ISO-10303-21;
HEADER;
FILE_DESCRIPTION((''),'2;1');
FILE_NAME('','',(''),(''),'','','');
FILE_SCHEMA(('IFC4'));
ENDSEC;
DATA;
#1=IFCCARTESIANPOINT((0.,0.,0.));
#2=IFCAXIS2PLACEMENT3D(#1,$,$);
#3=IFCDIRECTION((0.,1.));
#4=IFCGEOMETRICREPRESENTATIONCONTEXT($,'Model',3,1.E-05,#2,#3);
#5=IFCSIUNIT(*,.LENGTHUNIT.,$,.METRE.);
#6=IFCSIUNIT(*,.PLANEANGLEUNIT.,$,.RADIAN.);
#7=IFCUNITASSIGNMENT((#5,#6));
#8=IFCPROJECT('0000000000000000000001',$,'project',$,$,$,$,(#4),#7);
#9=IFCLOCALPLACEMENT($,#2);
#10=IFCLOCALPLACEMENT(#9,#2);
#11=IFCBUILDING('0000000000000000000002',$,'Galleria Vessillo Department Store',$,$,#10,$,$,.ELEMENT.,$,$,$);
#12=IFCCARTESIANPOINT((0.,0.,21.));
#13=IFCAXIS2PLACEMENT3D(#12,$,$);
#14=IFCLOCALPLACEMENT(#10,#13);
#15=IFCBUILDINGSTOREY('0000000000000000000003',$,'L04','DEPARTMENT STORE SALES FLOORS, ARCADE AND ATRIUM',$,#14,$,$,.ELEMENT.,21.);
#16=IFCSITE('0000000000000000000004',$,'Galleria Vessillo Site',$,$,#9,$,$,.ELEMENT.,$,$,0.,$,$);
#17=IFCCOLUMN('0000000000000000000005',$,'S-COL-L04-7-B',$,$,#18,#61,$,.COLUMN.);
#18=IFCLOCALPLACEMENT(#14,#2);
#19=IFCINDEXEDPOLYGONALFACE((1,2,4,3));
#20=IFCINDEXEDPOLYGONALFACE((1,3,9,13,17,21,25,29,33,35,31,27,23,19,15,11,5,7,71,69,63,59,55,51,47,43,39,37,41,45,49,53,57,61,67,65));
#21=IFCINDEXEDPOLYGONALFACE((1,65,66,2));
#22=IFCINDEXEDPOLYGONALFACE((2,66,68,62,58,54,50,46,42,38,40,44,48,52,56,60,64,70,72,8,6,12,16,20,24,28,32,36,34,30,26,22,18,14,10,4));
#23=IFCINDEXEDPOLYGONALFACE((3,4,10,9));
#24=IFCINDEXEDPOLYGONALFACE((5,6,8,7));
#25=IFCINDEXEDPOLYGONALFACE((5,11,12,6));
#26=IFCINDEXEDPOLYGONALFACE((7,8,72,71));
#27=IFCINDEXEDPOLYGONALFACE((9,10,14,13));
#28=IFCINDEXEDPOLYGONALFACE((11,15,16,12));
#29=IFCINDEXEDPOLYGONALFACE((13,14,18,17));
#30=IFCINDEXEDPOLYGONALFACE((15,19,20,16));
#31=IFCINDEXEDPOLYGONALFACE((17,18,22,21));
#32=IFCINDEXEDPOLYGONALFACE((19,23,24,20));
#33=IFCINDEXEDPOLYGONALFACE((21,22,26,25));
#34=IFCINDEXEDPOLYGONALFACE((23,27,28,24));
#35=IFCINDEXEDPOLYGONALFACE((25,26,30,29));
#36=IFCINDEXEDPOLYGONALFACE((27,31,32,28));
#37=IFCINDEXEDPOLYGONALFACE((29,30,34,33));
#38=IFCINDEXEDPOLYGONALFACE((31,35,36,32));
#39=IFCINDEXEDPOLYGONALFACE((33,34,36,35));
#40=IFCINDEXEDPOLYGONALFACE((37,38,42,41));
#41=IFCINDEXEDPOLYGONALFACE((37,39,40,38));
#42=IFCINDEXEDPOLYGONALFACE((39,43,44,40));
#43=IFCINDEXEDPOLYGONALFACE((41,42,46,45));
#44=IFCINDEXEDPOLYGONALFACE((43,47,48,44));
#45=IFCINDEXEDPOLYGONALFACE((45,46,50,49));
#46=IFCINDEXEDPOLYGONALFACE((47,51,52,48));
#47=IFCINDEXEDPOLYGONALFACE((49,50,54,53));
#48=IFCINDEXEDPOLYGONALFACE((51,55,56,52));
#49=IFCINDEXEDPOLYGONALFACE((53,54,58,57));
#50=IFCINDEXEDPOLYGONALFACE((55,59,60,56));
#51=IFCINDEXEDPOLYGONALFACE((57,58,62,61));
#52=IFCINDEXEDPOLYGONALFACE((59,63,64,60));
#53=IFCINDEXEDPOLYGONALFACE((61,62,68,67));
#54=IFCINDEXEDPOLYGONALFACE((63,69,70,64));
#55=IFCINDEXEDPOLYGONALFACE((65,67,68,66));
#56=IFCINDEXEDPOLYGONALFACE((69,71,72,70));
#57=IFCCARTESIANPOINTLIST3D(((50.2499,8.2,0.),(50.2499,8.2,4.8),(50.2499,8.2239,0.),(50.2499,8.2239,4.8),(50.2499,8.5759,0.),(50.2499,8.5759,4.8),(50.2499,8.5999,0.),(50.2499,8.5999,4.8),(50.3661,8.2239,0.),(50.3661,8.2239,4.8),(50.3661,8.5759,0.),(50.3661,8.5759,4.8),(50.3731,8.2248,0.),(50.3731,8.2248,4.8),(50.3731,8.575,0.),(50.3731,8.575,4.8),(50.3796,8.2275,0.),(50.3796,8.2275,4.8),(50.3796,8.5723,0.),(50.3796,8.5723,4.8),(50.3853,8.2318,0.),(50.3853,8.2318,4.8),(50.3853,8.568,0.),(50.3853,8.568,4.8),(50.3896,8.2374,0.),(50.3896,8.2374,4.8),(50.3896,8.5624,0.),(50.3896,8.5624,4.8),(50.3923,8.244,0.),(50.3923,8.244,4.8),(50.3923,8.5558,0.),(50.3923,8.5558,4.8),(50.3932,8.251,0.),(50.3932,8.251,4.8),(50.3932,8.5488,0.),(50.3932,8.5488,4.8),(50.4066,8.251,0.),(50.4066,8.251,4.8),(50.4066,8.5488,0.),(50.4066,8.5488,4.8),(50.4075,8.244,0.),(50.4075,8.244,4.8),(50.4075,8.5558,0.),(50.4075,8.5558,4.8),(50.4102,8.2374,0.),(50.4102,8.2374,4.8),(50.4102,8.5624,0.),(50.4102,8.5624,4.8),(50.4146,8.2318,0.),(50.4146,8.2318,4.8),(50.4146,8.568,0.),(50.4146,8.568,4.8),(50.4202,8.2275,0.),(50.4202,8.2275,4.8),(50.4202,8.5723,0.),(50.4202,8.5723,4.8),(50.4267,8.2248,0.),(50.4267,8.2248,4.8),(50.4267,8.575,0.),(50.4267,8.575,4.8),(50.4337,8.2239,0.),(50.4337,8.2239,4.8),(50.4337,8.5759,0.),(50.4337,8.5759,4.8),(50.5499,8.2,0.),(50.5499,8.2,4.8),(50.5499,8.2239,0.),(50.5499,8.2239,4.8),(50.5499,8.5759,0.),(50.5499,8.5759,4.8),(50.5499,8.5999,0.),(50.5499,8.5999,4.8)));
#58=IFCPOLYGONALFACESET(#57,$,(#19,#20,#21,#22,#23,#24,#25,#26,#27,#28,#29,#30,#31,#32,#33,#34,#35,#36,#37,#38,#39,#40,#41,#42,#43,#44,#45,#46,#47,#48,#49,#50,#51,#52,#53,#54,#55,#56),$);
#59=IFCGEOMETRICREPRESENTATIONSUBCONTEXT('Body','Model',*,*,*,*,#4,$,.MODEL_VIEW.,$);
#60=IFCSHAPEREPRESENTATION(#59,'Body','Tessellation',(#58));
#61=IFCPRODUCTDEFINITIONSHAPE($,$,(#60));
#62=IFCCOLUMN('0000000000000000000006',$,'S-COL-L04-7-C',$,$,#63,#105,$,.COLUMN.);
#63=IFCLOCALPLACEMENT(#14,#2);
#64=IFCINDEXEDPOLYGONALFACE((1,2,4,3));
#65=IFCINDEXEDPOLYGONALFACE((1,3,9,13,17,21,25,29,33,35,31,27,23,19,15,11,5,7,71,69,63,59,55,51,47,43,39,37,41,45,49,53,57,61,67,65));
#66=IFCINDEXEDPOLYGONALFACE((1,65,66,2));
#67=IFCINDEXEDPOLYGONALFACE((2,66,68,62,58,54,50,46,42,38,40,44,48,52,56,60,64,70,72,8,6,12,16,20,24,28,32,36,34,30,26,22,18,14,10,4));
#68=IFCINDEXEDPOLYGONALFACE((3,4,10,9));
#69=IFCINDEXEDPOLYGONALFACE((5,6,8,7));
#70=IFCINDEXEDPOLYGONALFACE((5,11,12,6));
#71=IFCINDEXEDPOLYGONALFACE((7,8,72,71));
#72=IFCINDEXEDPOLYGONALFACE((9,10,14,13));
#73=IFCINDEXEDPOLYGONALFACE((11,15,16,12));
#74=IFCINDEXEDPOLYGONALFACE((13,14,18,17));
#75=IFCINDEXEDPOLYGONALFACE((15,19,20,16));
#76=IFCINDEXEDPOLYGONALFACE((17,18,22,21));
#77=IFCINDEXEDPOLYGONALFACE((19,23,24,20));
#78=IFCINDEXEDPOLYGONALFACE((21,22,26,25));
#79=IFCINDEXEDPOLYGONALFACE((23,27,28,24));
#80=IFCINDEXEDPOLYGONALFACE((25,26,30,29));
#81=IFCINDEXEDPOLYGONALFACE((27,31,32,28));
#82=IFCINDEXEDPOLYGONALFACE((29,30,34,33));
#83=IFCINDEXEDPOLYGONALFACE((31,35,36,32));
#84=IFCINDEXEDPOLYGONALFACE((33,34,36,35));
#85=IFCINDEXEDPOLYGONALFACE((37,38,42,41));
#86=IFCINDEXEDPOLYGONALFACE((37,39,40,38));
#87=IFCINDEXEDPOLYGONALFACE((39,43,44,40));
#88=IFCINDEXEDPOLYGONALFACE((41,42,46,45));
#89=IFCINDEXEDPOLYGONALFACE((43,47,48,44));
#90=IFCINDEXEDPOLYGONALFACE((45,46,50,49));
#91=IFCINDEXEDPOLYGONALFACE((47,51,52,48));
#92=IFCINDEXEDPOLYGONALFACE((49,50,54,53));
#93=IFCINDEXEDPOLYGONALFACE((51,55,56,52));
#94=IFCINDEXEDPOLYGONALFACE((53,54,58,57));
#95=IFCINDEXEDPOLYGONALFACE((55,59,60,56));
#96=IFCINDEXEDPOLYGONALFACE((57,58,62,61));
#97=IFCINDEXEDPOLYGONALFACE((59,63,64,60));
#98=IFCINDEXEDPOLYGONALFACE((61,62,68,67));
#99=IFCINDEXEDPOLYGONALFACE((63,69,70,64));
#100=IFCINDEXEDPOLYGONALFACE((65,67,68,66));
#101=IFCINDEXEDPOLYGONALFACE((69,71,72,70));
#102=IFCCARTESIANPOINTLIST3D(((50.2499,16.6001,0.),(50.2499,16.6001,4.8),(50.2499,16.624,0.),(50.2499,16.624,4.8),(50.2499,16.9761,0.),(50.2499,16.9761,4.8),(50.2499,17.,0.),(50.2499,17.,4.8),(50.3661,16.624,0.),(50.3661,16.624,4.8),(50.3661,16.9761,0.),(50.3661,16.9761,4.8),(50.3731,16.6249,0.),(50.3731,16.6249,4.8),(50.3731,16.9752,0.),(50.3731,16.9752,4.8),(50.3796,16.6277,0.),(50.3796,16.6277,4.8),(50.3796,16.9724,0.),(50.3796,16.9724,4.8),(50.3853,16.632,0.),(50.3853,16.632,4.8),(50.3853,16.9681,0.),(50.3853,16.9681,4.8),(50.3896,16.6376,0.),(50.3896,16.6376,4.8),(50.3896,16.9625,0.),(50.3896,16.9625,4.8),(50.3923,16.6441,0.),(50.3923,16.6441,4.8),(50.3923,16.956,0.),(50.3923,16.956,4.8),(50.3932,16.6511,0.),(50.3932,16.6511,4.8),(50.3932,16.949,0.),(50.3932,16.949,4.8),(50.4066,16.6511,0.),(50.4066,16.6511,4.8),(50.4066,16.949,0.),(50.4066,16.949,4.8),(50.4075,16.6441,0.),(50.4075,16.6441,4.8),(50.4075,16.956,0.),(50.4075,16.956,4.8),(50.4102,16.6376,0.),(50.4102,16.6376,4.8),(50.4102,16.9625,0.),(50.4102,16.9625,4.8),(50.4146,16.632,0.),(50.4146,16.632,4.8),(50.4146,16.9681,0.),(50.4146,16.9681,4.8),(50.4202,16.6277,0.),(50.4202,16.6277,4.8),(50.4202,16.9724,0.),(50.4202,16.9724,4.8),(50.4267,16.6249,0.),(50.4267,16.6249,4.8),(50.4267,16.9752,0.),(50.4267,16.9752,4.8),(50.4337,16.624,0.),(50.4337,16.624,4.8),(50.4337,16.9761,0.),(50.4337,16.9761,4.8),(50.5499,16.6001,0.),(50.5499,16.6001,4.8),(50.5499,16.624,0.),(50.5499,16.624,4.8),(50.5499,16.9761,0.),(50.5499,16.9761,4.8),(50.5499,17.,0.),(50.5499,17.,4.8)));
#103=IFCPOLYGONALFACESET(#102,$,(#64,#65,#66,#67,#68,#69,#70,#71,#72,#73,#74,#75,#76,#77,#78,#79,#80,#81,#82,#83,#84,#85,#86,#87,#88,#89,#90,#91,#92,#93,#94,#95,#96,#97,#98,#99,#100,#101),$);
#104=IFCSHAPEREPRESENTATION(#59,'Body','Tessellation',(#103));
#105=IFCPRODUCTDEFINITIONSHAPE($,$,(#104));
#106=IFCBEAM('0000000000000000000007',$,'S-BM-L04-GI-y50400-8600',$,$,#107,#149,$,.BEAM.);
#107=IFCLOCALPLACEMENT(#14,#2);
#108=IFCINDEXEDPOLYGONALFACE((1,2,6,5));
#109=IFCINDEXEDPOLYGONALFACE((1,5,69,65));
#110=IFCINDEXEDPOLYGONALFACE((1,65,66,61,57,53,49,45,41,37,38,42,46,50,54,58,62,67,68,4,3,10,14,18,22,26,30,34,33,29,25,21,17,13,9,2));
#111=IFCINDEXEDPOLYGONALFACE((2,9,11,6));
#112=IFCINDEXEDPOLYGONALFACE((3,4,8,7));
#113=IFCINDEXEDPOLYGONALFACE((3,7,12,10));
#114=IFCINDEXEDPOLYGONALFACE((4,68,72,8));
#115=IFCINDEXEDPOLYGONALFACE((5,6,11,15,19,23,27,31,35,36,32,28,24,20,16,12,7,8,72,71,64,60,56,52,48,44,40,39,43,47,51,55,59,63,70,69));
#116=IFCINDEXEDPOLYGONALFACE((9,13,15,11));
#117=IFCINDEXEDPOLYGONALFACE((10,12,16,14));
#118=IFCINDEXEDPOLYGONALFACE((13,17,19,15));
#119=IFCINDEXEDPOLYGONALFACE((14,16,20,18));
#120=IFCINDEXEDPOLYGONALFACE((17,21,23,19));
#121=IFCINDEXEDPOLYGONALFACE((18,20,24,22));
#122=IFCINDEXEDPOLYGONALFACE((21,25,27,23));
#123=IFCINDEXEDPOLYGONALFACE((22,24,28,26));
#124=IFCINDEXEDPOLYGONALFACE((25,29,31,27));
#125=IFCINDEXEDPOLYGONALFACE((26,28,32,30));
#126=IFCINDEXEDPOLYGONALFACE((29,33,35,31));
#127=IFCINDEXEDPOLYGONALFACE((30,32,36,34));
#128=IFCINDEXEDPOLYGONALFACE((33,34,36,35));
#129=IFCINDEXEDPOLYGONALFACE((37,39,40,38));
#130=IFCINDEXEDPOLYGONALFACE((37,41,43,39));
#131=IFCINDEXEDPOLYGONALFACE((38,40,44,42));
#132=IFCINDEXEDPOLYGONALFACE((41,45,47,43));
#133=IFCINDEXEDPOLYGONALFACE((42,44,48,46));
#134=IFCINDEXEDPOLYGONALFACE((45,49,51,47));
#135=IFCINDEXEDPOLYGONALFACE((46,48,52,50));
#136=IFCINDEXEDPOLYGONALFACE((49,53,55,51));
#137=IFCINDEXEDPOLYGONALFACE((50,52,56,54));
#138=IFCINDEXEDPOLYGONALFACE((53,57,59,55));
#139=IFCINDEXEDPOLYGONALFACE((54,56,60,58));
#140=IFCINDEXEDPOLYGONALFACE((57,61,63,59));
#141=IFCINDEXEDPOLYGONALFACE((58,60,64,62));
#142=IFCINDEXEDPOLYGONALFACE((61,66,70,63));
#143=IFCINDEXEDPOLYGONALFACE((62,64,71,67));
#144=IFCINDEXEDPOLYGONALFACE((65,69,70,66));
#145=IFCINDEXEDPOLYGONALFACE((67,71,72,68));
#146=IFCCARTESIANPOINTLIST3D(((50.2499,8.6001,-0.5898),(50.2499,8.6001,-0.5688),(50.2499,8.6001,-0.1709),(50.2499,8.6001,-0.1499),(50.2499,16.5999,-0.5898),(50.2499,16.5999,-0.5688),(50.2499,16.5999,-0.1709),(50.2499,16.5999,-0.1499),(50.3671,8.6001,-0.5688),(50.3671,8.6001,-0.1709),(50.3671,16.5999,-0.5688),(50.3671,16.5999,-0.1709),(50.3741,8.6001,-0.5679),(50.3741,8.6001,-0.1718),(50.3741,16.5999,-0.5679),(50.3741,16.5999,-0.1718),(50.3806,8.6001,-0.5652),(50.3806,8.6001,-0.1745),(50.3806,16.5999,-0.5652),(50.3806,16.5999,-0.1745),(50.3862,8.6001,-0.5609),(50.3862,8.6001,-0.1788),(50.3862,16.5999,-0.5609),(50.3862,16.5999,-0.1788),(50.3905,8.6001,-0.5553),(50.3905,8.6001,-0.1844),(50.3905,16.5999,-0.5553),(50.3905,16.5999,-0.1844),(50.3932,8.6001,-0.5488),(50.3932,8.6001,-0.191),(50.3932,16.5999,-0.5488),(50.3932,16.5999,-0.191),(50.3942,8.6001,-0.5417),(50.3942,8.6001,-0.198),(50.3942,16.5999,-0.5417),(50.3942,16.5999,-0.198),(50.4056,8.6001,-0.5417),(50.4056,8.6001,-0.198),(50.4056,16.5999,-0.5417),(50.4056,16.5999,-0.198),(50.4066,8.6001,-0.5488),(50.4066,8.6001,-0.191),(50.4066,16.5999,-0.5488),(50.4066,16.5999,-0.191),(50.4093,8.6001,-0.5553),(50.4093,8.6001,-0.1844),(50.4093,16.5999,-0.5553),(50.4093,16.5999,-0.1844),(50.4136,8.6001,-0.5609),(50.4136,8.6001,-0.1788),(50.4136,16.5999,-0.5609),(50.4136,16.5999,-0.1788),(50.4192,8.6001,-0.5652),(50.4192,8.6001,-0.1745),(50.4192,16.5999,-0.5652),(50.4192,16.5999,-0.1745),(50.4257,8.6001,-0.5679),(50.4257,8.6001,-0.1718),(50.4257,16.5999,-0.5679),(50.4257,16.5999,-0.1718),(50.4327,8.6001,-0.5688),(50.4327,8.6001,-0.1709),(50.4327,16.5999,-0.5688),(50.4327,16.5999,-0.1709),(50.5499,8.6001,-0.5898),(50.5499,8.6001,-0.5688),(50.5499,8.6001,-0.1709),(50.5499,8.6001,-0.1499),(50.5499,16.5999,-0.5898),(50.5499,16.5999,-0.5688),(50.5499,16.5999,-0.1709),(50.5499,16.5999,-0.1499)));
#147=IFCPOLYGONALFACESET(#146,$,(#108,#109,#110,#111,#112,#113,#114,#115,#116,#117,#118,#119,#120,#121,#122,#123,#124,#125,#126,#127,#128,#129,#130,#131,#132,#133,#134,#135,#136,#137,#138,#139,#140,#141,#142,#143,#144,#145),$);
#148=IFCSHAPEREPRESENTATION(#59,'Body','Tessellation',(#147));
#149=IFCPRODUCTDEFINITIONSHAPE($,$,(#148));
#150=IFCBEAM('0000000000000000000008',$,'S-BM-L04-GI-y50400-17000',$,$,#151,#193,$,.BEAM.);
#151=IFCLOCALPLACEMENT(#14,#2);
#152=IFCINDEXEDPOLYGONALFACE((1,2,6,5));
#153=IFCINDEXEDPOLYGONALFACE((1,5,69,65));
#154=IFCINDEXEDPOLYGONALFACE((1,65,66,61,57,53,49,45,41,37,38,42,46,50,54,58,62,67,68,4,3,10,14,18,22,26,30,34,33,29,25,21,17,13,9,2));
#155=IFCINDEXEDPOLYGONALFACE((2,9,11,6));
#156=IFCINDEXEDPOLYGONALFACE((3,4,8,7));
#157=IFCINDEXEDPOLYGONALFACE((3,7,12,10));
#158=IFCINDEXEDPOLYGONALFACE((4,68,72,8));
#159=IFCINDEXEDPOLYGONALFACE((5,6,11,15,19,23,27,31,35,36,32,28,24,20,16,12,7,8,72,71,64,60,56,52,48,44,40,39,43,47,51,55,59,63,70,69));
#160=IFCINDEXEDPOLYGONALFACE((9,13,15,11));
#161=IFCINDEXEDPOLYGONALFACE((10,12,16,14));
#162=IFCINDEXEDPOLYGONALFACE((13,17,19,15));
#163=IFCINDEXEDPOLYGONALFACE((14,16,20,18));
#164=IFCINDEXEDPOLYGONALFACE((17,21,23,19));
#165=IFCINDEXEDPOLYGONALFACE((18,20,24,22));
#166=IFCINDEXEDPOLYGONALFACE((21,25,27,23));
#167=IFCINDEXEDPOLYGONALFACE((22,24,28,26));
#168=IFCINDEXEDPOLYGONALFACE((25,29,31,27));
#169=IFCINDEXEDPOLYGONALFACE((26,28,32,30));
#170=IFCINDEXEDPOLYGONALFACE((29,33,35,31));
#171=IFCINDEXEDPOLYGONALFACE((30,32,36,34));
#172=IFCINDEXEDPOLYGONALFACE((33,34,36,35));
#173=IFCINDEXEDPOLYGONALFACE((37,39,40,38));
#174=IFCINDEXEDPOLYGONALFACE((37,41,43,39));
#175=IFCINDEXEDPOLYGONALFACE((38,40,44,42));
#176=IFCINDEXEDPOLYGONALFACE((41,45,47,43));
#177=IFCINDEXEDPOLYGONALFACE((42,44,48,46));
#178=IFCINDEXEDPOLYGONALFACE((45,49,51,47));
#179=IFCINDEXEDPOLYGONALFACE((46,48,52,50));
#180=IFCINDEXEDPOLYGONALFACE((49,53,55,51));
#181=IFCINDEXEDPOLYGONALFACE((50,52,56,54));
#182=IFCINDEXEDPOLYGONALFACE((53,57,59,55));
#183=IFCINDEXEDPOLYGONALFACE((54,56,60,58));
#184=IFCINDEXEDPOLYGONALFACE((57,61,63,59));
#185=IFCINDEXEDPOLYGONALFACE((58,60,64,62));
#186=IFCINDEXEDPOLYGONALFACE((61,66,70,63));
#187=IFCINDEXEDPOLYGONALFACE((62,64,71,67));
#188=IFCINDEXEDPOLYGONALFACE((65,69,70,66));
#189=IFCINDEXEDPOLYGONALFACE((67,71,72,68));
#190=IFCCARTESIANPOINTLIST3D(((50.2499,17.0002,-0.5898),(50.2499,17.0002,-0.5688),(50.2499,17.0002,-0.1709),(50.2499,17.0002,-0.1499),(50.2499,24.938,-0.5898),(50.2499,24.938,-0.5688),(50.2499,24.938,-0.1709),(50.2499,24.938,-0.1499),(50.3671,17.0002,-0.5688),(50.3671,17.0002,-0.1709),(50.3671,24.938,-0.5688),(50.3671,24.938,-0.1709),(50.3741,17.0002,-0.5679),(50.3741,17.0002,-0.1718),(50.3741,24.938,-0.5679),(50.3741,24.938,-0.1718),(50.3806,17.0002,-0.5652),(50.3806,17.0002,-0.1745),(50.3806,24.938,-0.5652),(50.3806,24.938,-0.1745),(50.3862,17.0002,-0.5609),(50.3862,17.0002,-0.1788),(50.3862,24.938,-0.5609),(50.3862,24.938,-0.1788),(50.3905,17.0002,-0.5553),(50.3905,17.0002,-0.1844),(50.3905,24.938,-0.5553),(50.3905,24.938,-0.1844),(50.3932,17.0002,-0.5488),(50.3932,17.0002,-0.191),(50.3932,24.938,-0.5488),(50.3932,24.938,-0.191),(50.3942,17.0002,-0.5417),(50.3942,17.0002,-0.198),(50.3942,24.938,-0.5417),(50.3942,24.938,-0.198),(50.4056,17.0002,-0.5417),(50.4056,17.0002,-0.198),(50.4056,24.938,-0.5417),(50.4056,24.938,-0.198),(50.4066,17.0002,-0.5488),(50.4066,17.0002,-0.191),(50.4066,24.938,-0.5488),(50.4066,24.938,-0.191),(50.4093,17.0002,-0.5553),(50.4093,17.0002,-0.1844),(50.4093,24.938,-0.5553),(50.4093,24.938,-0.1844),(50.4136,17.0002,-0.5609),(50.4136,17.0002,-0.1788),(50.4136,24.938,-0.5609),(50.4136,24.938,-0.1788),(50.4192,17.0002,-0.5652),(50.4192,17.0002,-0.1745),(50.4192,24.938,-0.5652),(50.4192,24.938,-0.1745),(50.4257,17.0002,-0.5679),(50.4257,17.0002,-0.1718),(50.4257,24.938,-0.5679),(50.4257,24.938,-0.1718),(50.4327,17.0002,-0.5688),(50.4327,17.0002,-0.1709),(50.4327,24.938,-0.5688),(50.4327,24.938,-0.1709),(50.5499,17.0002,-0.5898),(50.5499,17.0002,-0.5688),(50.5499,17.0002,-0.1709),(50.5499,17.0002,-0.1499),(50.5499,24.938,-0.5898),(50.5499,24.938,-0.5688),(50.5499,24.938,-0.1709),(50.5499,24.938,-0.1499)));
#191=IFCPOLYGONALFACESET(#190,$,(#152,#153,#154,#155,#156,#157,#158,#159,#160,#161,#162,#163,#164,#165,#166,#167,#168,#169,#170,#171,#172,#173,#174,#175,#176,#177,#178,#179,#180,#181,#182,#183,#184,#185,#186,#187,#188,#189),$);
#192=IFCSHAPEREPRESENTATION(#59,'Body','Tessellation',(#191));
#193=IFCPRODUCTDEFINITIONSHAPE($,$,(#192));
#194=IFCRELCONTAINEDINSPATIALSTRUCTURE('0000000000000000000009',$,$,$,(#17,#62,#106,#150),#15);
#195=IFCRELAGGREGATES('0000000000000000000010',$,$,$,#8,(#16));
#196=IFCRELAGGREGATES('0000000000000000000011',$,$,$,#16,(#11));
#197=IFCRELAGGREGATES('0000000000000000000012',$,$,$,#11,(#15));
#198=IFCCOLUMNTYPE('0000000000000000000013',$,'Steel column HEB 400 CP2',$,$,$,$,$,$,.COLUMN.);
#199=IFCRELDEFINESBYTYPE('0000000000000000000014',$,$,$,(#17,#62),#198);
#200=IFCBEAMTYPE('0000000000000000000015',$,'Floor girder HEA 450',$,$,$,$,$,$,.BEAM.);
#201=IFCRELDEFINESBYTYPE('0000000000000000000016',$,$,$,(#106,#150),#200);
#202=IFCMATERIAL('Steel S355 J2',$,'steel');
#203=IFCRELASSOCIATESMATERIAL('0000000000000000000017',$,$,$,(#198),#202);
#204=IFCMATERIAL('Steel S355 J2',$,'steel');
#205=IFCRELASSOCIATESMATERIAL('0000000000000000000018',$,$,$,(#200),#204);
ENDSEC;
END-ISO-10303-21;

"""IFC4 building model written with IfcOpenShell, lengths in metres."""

from ifc_helpers import new_model, si_unit, direction, frame, origin, origin_2d, place, context, subcontext, project, spatial, i_section, extrude, material, material_profile, profile_set, type_object, element, save


model = new_model("IFC4")

# Units and contexts
model_context = context("Model", 3, precision=1e-05, world=origin(), true_north=direction((0.0, 1.0)))
body_context = subcontext(model_context, "Body", "Model", "MODEL_VIEW")
ifc_project = project(units=[si_unit("LENGTHUNIT", "METRE"), si_unit("PLANEANGLEUNIT", "RADIAN")], contexts=[model_context])

# Site, building, storey
site_placement = place(None, origin())
site = spatial("IfcSite", under=ifc_project, at=site_placement, Name="Galleria Vessillo Site", CompositionType="ELEMENT", RefElevation=0.0)
building_placement = place(site_placement, origin())
building = spatial("IfcBuilding", under=site, at=building_placement, Name="Galleria Vessillo Department Store", CompositionType="ELEMENT")
storey_placement = place(building_placement, frame((0.0, 0.0, 21.0)))
storey = spatial("IfcBuildingStorey", under=building, at=storey_placement, Name="L04", Description="DEPARTMENT STORE SALES FLOORS, ARCADE AND ATRIUM", CompositionType="ELEMENT", Elevation=21.0)

# Columns
ifc_material_1 = material(Name="Steel S355 J2", Category="steel")
ifc_material_profile_1 = material_profile(ifc_material_1, i_section(OverallWidth=0.3, OverallDepth=0.3999, WebThickness=0.0134, FlangeThickness=0.0239, FilletRadius=0.0271, at=origin_2d()), Name="HEB 400")
ifc_profile_set_1 = profile_set([ifc_material_profile_1], Name="Steel S355 J2")
column_type = type_object("IfcColumnType", Name="Steel column HEB 400 CP2", PredefinedType="COLUMN", material=ifc_profile_set_1)
for number, where, z_axis, x_axis, name in (
    (1, (50.3999, 8.3999, 0.0), (0.0, 0.0, 1.0), (1.0, 0.0, 0.0), "S-COL-L04-7-B"),
    (2, (50.3999, 16.8, 0.0), (0.0, 0.0, 1.0), (1.0, 0.0, 0.0), "S-COL-L04-7-C"),
):
    element("IfcColumn", number, at=place(storey_placement, frame(where, z_axis=z_axis, x_axis=x_axis)), inside=storey, type_object=column_type, Name=name, PredefinedType="COLUMN", context=body_context, shape_type="SweptSolid", body=[
        extrude(i_section(OverallWidth=0.3, OverallDepth=0.3999, WebThickness=0.0134, FlangeThickness=0.0239, FilletRadius=0.0271, at=origin_2d()), origin(), (0.0, 0.0, 1.0), 4.8),
    ])

# Beams
ifc_material_2 = material(Name="Steel S355 J2", Category="steel")
ifc_material_profile_2 = material_profile(ifc_material_2, i_section(OverallWidth=0.3, OverallDepth=0.4399, WebThickness=0.0115, FlangeThickness=0.021, FilletRadius=0.0271, at=origin_2d()), Name="HEA 450")
ifc_profile_set_2 = profile_set([ifc_material_profile_2], Name="Steel S355 J2")
beam_type_1 = type_object("IfcBeamType", Name="Floor girder HEA 450", PredefinedType="BEAM", material=ifc_profile_set_2)
beam_1_placement = place(storey_placement, frame((50.3999, 8.6001, -0.3699), z_axis=(0.0, 1.0, 0.0), x_axis=(-1.0, 0.0, 0.0)))
element("IfcBeam", 3, at=beam_1_placement, inside=storey, type_object=beam_type_1, Name="S-BM-L04-GI-y50400-8600", PredefinedType="BEAM", context=body_context, shape_type="SweptSolid", body=[
    extrude(i_section(OverallWidth=0.3, OverallDepth=0.4399, WebThickness=0.0115, FlangeThickness=0.021, FilletRadius=0.0271, at=origin_2d()), origin(), (0.0, 0.0, 1.0), 7.9998),
])
beam_2_placement = place(storey_placement, frame((50.3999, 17.0002, -0.3699), z_axis=(0.0, 1.0, 0.0), x_axis=(-1.0, 0.0, 0.0)))
element("IfcBeam", 4, at=beam_2_placement, inside=storey, type_object=beam_type_1, Name="S-BM-L04-GI-y50400-17000", PredefinedType="BEAM", context=body_context, shape_type="SweptSolid", body=[
    extrude(i_section(OverallWidth=0.3, OverallDepth=0.4399, WebThickness=0.0115, FlangeThickness=0.021, FilletRadius=0.0271, at=origin_2d()), origin(), (0.0, 0.0, 1.0), 7.9377),
])

save(model, "model.ifc")
